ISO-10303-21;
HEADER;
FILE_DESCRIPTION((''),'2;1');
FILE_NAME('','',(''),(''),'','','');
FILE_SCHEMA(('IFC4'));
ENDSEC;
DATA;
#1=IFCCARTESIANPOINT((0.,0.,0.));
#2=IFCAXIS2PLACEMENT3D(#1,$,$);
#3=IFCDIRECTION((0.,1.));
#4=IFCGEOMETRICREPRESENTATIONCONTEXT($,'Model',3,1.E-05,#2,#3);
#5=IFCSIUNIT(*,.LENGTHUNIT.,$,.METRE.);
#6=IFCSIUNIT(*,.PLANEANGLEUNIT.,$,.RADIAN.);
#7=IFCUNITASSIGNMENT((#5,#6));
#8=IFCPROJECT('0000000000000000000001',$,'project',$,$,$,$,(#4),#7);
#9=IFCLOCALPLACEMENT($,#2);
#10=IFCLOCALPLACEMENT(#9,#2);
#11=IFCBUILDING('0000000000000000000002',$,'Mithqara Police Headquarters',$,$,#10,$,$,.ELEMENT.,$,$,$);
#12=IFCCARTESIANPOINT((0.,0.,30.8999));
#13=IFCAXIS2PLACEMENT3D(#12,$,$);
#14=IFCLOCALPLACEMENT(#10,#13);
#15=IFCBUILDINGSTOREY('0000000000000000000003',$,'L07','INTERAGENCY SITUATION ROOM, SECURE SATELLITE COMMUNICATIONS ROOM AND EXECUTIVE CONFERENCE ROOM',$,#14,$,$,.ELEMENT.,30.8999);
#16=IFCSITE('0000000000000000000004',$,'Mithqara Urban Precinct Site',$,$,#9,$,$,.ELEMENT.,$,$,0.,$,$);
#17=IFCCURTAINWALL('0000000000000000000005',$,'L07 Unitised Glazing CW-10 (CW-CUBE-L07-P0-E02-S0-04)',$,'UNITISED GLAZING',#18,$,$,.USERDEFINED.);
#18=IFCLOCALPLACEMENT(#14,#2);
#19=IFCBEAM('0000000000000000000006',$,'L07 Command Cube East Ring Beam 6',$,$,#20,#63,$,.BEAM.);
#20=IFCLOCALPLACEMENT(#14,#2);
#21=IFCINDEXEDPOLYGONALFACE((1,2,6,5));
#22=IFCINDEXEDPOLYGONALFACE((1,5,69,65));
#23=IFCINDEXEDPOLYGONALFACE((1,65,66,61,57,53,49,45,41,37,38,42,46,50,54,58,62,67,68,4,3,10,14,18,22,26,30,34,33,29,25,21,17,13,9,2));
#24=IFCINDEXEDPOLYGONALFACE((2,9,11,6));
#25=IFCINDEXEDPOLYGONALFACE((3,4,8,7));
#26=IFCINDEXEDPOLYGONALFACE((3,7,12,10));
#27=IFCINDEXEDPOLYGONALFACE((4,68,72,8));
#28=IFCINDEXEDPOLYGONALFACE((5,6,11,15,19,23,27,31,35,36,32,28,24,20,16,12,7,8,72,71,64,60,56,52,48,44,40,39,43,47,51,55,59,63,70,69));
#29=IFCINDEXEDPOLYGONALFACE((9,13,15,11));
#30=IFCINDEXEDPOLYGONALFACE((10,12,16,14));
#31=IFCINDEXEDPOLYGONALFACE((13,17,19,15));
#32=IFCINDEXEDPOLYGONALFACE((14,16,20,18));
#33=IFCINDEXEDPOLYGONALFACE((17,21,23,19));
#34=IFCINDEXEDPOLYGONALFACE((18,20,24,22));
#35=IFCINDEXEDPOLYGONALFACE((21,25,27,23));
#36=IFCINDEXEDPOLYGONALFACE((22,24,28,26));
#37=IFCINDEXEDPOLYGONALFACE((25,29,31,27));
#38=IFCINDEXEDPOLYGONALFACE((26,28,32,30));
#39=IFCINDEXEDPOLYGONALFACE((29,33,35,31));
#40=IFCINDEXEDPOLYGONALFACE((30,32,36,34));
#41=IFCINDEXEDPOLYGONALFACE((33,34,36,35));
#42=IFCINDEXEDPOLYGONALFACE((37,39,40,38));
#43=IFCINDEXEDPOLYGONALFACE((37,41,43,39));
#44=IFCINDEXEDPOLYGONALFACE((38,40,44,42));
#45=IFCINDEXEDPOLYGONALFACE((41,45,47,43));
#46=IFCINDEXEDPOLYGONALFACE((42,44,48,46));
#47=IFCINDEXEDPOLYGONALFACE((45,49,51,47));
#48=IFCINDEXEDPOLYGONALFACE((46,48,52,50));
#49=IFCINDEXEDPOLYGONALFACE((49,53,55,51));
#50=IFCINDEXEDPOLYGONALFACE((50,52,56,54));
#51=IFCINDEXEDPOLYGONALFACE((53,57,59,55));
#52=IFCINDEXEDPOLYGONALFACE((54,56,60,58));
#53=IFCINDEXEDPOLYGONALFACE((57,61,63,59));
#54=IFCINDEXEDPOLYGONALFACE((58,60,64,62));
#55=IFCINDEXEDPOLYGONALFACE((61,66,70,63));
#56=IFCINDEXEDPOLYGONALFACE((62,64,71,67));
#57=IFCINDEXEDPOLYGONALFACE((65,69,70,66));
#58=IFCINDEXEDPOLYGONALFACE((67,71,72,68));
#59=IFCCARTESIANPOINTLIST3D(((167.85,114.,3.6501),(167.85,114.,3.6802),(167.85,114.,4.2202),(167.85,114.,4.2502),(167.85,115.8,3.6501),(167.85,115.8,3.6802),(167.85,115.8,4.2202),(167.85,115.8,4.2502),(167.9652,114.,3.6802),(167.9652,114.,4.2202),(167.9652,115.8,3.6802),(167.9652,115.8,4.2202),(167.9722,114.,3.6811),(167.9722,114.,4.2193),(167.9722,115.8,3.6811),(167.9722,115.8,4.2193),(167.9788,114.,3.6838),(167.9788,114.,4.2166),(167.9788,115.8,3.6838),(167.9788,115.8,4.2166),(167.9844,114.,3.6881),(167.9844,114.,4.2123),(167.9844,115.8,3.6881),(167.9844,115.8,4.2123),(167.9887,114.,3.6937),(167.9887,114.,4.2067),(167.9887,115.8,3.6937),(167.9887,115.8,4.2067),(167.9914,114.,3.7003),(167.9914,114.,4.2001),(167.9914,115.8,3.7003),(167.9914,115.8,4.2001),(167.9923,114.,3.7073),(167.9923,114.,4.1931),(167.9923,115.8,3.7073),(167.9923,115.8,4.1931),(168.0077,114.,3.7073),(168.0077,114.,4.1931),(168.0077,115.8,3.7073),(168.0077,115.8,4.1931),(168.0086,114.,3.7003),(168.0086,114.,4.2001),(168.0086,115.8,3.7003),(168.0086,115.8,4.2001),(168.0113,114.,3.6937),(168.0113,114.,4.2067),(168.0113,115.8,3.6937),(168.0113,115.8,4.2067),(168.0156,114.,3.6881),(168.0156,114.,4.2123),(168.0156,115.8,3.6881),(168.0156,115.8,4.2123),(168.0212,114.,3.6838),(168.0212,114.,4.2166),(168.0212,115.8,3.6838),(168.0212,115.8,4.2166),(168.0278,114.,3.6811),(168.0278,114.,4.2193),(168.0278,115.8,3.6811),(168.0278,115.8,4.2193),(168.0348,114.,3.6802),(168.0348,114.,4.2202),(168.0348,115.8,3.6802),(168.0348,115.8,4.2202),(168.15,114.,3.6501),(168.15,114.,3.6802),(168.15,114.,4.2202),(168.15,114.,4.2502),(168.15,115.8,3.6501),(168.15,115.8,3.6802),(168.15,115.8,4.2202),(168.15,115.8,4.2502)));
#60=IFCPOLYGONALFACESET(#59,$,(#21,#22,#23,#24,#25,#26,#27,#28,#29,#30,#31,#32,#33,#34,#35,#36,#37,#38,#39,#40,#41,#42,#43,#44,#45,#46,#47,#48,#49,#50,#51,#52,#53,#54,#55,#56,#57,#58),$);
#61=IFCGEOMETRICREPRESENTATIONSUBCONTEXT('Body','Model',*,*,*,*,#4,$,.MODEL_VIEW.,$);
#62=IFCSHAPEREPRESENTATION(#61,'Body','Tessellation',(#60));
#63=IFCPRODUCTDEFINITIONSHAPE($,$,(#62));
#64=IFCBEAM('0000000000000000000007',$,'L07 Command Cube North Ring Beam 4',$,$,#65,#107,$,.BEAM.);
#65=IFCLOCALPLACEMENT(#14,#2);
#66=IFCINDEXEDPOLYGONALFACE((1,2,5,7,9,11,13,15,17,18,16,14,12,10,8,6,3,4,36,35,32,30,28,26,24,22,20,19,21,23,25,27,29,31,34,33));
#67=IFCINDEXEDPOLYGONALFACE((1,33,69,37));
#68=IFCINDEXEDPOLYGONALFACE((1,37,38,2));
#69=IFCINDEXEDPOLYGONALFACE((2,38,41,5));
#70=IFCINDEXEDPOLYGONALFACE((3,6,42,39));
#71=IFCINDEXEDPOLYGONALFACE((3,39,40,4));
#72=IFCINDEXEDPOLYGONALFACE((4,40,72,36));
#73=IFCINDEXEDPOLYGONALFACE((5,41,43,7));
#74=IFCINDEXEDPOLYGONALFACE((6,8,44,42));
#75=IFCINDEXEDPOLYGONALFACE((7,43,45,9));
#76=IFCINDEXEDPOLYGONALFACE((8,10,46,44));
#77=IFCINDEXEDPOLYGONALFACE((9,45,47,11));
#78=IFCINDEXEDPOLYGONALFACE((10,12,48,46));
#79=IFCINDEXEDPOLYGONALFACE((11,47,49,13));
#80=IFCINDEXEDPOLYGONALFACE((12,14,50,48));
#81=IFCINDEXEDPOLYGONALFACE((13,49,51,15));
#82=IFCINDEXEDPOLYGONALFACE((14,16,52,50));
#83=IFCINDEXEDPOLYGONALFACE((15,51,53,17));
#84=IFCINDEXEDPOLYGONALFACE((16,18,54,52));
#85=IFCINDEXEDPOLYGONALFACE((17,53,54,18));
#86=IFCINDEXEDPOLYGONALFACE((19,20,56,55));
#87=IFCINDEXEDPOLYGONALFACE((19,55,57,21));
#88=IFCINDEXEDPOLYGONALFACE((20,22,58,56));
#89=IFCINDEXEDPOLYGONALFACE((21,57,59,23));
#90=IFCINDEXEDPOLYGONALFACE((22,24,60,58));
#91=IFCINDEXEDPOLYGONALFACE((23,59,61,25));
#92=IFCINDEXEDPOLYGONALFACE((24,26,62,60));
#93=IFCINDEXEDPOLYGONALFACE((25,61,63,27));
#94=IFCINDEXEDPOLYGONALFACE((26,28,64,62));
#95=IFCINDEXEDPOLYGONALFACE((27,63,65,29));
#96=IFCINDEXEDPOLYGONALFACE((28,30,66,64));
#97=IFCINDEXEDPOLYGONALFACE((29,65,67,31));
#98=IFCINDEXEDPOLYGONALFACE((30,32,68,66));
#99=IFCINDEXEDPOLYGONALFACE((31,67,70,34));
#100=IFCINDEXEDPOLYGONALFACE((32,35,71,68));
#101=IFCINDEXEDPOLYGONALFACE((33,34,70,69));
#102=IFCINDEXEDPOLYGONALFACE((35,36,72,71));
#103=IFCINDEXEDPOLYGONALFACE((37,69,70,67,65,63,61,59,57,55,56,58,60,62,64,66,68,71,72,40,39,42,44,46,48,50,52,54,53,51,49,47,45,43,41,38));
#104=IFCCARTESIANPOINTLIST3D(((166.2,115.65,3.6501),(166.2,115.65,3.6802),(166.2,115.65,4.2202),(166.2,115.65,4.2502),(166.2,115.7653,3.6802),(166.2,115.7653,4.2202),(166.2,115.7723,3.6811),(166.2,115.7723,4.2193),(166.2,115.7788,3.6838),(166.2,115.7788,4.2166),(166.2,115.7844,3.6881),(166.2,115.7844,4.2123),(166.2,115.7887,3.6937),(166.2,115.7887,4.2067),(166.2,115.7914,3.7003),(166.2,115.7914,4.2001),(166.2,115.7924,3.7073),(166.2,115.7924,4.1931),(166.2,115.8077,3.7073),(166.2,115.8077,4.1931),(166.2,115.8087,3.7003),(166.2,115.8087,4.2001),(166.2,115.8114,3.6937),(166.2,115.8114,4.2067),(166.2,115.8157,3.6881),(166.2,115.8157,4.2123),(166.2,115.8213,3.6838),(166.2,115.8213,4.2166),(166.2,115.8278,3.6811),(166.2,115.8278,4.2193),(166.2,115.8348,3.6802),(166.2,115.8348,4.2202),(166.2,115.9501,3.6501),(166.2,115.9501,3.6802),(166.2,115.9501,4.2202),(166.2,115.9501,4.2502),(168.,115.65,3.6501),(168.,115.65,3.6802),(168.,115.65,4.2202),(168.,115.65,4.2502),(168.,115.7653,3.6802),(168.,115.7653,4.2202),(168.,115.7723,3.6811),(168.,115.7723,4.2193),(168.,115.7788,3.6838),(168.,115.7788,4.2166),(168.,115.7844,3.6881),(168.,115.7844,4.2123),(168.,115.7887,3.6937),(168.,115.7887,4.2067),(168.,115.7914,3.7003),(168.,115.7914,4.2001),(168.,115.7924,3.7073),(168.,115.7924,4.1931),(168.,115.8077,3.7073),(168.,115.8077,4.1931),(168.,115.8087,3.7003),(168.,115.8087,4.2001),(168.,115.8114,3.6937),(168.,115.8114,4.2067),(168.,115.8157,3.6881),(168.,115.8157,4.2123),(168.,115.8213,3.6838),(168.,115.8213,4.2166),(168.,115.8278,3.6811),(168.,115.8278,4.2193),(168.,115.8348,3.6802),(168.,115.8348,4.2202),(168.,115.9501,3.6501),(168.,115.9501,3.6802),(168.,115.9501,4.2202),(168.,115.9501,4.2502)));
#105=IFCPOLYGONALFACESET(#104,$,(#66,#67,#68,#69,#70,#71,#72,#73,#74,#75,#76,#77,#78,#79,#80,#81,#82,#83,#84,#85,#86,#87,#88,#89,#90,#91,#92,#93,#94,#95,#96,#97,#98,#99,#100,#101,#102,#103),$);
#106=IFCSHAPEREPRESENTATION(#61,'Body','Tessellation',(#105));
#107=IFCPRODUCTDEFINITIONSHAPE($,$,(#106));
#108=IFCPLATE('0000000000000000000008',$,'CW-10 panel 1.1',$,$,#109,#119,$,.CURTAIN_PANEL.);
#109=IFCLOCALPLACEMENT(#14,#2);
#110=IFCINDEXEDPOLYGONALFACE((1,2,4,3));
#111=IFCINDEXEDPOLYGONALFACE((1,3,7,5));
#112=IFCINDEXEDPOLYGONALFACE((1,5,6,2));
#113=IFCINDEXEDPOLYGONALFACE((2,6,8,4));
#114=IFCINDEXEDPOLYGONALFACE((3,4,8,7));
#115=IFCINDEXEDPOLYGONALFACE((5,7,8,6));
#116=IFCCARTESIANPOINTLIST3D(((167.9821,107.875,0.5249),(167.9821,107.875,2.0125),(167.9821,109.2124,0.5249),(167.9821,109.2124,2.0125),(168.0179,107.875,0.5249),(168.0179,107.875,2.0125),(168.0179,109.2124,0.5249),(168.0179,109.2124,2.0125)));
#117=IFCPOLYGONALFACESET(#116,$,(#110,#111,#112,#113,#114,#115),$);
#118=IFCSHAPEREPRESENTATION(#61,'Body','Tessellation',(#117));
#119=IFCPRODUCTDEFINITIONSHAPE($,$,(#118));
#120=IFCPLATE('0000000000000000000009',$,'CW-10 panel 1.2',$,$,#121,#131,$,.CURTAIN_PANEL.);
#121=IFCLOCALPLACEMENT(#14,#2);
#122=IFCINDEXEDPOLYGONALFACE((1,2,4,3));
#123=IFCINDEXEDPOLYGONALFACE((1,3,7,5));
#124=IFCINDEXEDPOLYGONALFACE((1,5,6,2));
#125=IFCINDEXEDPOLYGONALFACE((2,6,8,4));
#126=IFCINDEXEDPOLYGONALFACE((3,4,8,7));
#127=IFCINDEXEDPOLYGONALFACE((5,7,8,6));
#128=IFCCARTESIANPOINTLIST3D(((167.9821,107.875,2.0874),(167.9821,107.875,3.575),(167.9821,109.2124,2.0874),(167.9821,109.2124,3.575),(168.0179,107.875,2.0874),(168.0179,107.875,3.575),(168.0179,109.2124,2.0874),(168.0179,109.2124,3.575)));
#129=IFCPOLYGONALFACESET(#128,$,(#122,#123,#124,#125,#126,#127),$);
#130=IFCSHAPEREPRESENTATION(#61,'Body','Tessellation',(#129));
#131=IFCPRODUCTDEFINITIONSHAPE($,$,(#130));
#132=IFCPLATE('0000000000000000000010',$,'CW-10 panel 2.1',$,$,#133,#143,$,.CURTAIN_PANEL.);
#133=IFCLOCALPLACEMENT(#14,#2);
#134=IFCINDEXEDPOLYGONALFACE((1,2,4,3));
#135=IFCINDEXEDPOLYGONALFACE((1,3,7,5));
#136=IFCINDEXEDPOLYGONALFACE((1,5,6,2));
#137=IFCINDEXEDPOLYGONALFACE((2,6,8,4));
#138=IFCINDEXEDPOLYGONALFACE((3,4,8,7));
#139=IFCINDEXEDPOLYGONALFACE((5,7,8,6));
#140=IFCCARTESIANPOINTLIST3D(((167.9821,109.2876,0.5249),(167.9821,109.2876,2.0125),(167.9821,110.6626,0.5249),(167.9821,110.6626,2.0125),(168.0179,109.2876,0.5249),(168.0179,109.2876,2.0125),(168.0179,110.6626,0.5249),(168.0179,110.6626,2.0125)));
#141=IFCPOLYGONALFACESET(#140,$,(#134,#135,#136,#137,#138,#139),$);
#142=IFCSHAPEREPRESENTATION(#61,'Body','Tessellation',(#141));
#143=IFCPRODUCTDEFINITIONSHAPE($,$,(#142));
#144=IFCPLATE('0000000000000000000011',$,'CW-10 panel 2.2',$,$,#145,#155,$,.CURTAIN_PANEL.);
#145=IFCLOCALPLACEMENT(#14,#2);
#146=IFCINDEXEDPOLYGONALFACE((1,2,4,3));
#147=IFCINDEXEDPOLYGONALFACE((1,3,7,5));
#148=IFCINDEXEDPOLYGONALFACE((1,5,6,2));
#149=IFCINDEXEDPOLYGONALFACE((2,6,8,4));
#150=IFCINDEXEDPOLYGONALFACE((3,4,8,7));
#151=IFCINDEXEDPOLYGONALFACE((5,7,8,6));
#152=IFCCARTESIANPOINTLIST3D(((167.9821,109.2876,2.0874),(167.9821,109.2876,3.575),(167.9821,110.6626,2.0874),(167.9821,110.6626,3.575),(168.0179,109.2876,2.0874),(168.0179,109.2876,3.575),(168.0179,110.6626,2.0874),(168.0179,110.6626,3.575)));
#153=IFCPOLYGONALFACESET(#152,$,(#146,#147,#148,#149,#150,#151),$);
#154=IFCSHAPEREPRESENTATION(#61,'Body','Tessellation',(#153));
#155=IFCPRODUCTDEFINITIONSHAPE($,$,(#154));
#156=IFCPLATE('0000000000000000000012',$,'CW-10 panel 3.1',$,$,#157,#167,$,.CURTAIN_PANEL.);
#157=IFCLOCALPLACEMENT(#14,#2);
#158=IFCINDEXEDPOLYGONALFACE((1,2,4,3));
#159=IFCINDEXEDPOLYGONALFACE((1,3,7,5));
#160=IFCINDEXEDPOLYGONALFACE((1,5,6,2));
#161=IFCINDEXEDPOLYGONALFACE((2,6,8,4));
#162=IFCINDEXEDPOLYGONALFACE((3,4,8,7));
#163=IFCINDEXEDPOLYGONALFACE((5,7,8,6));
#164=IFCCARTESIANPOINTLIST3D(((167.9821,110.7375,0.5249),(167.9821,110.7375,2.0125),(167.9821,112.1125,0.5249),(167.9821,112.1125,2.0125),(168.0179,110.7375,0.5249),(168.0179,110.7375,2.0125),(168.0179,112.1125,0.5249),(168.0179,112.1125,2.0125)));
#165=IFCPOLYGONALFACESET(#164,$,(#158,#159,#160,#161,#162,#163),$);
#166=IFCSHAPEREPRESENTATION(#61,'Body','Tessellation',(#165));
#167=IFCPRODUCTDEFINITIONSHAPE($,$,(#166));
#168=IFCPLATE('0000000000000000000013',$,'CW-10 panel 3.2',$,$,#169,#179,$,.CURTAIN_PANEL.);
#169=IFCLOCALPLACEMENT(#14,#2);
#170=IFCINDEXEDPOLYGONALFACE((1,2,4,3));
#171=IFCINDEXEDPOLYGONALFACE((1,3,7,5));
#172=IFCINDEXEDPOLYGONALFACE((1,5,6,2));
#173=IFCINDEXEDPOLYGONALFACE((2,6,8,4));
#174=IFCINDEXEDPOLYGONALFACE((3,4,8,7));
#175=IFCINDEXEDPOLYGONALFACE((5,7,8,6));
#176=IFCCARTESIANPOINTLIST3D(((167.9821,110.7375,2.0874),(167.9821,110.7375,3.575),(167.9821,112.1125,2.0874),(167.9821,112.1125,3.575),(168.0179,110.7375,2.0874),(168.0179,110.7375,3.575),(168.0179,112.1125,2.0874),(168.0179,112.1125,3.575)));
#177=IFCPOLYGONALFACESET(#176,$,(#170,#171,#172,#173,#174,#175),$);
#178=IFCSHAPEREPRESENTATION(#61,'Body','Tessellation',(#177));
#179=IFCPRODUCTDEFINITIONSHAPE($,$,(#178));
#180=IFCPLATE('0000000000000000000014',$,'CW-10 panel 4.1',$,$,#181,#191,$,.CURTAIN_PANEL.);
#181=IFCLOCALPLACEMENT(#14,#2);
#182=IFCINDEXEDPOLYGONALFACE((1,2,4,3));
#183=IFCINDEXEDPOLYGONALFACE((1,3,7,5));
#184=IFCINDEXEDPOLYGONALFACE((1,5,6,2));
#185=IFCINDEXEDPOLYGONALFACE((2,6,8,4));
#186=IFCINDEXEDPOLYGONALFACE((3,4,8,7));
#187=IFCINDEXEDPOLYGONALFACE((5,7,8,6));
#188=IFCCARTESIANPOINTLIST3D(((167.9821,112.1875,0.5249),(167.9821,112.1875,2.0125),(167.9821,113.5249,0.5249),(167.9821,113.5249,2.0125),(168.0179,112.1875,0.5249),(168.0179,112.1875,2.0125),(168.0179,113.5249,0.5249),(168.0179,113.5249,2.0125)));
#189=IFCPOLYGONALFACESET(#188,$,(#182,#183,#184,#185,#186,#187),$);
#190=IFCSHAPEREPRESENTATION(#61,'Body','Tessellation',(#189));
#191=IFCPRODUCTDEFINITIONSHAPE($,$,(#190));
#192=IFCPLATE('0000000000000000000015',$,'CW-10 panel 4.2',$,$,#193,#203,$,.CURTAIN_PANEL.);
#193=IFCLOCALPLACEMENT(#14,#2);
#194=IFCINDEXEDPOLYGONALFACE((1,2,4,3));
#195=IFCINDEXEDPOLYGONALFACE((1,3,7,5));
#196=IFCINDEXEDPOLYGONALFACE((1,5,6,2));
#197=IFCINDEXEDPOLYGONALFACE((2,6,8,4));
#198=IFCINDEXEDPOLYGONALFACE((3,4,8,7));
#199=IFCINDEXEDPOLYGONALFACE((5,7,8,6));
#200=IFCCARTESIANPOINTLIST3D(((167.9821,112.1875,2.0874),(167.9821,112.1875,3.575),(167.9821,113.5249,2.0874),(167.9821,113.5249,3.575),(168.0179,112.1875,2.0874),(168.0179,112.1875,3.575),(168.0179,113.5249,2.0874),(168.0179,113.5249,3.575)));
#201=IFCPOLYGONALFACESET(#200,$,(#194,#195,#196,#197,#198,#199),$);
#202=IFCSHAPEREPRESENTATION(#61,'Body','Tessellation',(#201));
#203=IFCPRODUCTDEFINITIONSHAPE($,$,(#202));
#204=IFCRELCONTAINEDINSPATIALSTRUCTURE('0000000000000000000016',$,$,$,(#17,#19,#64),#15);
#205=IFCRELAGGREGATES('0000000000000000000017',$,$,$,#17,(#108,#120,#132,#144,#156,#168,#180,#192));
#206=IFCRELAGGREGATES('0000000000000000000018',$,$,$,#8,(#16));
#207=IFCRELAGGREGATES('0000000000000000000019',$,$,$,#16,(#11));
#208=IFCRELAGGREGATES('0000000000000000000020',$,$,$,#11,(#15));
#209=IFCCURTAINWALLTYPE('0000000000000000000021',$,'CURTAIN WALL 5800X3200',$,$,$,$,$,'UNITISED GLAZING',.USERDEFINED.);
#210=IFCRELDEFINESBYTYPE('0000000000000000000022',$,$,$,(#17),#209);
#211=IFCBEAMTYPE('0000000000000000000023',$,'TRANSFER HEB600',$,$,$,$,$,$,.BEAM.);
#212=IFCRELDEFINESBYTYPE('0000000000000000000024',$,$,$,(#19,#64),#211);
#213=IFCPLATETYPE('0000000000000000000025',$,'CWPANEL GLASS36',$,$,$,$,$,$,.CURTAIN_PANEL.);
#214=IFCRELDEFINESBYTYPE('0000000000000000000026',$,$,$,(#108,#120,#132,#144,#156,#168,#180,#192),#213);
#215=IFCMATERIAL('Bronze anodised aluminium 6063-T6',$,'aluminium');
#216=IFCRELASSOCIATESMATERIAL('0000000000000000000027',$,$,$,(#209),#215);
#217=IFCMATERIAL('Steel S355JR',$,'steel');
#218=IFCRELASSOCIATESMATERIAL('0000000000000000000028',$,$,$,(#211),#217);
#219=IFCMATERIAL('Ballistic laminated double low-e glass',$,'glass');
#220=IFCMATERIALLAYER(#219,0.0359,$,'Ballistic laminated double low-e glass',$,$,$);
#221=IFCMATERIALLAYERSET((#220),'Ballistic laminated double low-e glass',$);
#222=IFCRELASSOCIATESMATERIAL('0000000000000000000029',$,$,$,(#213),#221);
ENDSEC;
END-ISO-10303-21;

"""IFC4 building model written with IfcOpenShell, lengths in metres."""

from ifc_helpers import new_model, si_unit, direction, frame, origin, origin_2d, place, context, subcontext, project, spatial, rectangle, i_section, extrude, material, layer, layer_set, material_profile, profile_set, type_object, element, aggregate, save


model = new_model("IFC4")

# Units and contexts
model_context = context("Model", 3, precision=1e-05, world=origin(), true_north=direction((0.0, 1.0)))
body_context = subcontext(model_context, "Body", "Model", "MODEL_VIEW")
ifc_project = project(units=[si_unit("LENGTHUNIT", "METRE"), si_unit("PLANEANGLEUNIT", "RADIAN")], contexts=[model_context])

# Site, building, storey
site_placement = place(None, origin())
site = spatial("IfcSite", under=ifc_project, at=site_placement, Name="Mithqara Urban Precinct Site", CompositionType="ELEMENT", RefElevation=0.0)
building_placement = place(site_placement, origin())
building = spatial("IfcBuilding", under=site, at=building_placement, Name="Mithqara Police Headquarters", CompositionType="ELEMENT")
storey_placement = place(building_placement, frame((0.0, 0.0, 30.8999)))
storey = spatial("IfcBuildingStorey", under=building, at=storey_placement, Name="L07", Description="INTERAGENCY SITUATION ROOM, SECURE SATELLITE COMMUNICATIONS ROOM AND EXECUTIVE CONFERENCE ROOM", CompositionType="ELEMENT", Elevation=30.8999)

# Shared definitions
ifc_material_1 = material(Name="Steel S355JR", Category="steel")

# Curtain wall
ifc_material_2 = material(Name="Bronze anodised aluminium 6063-T6", Category="aluminium")
curtain_wall_type_1 = type_object("IfcCurtainWallType", Name="CURTAIN WALL 5800X3200", ElementType="UNITISED GLAZING", PredefinedType="USERDEFINED", material=ifc_material_2)
curtain_wall_1_placement = place(storey_placement, origin())
curtain_wall_1 = element("IfcCurtainWall", 1, at=curtain_wall_1_placement, inside=storey, type_object=curtain_wall_type_1, Name="L07 Unitised Glazing CW-10 (CW-CUBE-L07-P0-E02-S0-04)", ObjectType="UNITISED GLAZING", PredefinedType="USERDEFINED")

# Beams
ifc_material_profile_1 = material_profile(ifc_material_1, i_section(OverallWidth=0.3, OverallDepth=0.6001, WebThickness=0.0154, FlangeThickness=0.03, FilletRadius=0.0271, at=origin_2d()), Name="HEB 600")
ifc_profile_set_1 = profile_set([ifc_material_profile_1], Name="Steel S355JR")
beam_type = type_object("IfcBeamType", Name="TRANSFER HEB600", PredefinedType="BEAM", material=ifc_profile_set_1)
for number, where, z_axis, x_axis, name in (
    (2, (168.0, 114.0, 3.9502), (0.0, 1.0, 0.0), (-1.0, 0.0, 0.0), "L07 Command Cube East Ring Beam 6"),
    (3, (166.2, 115.8, 3.9502), (1.0, 0.0, 0.0), (0.0, 1.0, 0.0), "L07 Command Cube North Ring Beam 4"),
):
    element("IfcBeam", number, at=place(storey_placement, frame(where, z_axis=z_axis, x_axis=x_axis)), inside=storey, type_object=beam_type, Name=name, PredefinedType="BEAM", context=body_context, shape_type="SweptSolid", body=[
        extrude(i_section(OverallWidth=0.3, OverallDepth=0.6001, WebThickness=0.0154, FlangeThickness=0.03, FilletRadius=0.0271, at=origin_2d()), origin(), (0.0, 0.0, 1.0), 1.8),
    ])

# Plates
ifc_material_3 = material(Name="Ballistic laminated double low-e glass", Category="glass")
ifc_layer_1 = layer(ifc_material_3, 0.0359, Name="Ballistic laminated double low-e glass")
ifc_layer_set_1 = layer_set([ifc_layer_1], Name="Ballistic laminated double low-e glass")
plate_type = type_object("IfcPlateType", Name="CWPANEL GLASS36", PredefinedType="CURTAIN_PANEL", material=ifc_layer_set_1)
plate_1_placement = place(storey_placement, frame((168.0, 108.5437, 0.5249), z_axis=(0.0, 0.0, 1.0), x_axis=(0.0, 1.0, 0.0)))
plate_1 = element("IfcPlate", 4, at=plate_1_placement, type_object=plate_type, Name="CW-10 panel 1.1", PredefinedType="CURTAIN_PANEL", context=body_context, shape_type="SweptSolid", body=[
    extrude(rectangle(XDim=1.3374, YDim=0.0359, at=origin_2d()), origin(), (0.0, 0.0, 1.0), 1.4875),
])
plate_2_placement = place(storey_placement, frame((168.0, 108.5437, 2.0874), z_axis=(0.0, 0.0, 1.0), x_axis=(0.0, 1.0, 0.0)))
plate_2 = element("IfcPlate", 5, at=plate_2_placement, type_object=plate_type, Name="CW-10 panel 1.2", PredefinedType="CURTAIN_PANEL", context=body_context, shape_type="SweptSolid", body=[
    extrude(rectangle(XDim=1.3374, YDim=0.0359, at=origin_2d()), origin(), (0.0, 0.0, 1.0), 1.4875),
])
plate_3_placement = place(storey_placement, frame((168.0, 109.9751, 0.5249), z_axis=(0.0, 0.0, 1.0), x_axis=(0.0, 1.0, 0.0)))
plate_3 = element("IfcPlate", 6, at=plate_3_placement, type_object=plate_type, Name="CW-10 panel 2.1", PredefinedType="CURTAIN_PANEL", context=body_context, shape_type="SweptSolid", body=[
    extrude(rectangle(XDim=1.375, YDim=0.0359, at=origin_2d()), origin(), (0.0, 0.0, 1.0), 1.4875),
])
plate_4_placement = place(storey_placement, frame((168.0, 109.9751, 2.0874), z_axis=(0.0, 0.0, 1.0), x_axis=(0.0, 1.0, 0.0)))
plate_4 = element("IfcPlate", 7, at=plate_4_placement, type_object=plate_type, Name="CW-10 panel 2.2", PredefinedType="CURTAIN_PANEL", context=body_context, shape_type="SweptSolid", body=[
    extrude(rectangle(XDim=1.375, YDim=0.0359, at=origin_2d()), origin(), (0.0, 0.0, 1.0), 1.4875),
])
plate_5_placement = place(storey_placement, frame((168.0, 111.425, 0.5249), z_axis=(0.0, 0.0, 1.0), x_axis=(0.0, 1.0, 0.0)))
plate_5 = element("IfcPlate", 8, at=plate_5_placement, type_object=plate_type, Name="CW-10 panel 3.1", PredefinedType="CURTAIN_PANEL", context=body_context, shape_type="SweptSolid", body=[
    extrude(rectangle(XDim=1.375, YDim=0.0359, at=origin_2d()), origin(), (0.0, 0.0, 1.0), 1.4875),
])
plate_6_placement = place(storey_placement, frame((168.0, 111.425, 2.0874), z_axis=(0.0, 0.0, 1.0), x_axis=(0.0, 1.0, 0.0)))
plate_6 = element("IfcPlate", 9, at=plate_6_placement, type_object=plate_type, Name="CW-10 panel 3.2", PredefinedType="CURTAIN_PANEL", context=body_context, shape_type="SweptSolid", body=[
    extrude(rectangle(XDim=1.375, YDim=0.0359, at=origin_2d()), origin(), (0.0, 0.0, 1.0), 1.4875),
])
plate_7_placement = place(storey_placement, frame((168.0, 112.8562, 0.5249), z_axis=(0.0, 0.0, 1.0), x_axis=(0.0, 1.0, 0.0)))
plate_7 = element("IfcPlate", 10, at=plate_7_placement, type_object=plate_type, Name="CW-10 panel 4.1", PredefinedType="CURTAIN_PANEL", context=body_context, shape_type="SweptSolid", body=[
    extrude(rectangle(XDim=1.3374, YDim=0.0359, at=origin_2d()), origin(), (0.0, 0.0, 1.0), 1.4875),
])
plate_8_placement = place(storey_placement, frame((168.0, 112.8562, 2.0874), z_axis=(0.0, 0.0, 1.0), x_axis=(0.0, 1.0, 0.0)))
plate_8 = element("IfcPlate", 11, at=plate_8_placement, type_object=plate_type, Name="CW-10 panel 4.2", PredefinedType="CURTAIN_PANEL", context=body_context, shape_type="SweptSolid", body=[
    extrude(rectangle(XDim=1.3374, YDim=0.0359, at=origin_2d()), origin(), (0.0, 0.0, 1.0), 1.4875),
])
aggregate(curtain_wall_1, [plate_1, plate_2, plate_3, plate_4, plate_5, plate_6, plate_7, plate_8])

save(model, "model.ifc")
